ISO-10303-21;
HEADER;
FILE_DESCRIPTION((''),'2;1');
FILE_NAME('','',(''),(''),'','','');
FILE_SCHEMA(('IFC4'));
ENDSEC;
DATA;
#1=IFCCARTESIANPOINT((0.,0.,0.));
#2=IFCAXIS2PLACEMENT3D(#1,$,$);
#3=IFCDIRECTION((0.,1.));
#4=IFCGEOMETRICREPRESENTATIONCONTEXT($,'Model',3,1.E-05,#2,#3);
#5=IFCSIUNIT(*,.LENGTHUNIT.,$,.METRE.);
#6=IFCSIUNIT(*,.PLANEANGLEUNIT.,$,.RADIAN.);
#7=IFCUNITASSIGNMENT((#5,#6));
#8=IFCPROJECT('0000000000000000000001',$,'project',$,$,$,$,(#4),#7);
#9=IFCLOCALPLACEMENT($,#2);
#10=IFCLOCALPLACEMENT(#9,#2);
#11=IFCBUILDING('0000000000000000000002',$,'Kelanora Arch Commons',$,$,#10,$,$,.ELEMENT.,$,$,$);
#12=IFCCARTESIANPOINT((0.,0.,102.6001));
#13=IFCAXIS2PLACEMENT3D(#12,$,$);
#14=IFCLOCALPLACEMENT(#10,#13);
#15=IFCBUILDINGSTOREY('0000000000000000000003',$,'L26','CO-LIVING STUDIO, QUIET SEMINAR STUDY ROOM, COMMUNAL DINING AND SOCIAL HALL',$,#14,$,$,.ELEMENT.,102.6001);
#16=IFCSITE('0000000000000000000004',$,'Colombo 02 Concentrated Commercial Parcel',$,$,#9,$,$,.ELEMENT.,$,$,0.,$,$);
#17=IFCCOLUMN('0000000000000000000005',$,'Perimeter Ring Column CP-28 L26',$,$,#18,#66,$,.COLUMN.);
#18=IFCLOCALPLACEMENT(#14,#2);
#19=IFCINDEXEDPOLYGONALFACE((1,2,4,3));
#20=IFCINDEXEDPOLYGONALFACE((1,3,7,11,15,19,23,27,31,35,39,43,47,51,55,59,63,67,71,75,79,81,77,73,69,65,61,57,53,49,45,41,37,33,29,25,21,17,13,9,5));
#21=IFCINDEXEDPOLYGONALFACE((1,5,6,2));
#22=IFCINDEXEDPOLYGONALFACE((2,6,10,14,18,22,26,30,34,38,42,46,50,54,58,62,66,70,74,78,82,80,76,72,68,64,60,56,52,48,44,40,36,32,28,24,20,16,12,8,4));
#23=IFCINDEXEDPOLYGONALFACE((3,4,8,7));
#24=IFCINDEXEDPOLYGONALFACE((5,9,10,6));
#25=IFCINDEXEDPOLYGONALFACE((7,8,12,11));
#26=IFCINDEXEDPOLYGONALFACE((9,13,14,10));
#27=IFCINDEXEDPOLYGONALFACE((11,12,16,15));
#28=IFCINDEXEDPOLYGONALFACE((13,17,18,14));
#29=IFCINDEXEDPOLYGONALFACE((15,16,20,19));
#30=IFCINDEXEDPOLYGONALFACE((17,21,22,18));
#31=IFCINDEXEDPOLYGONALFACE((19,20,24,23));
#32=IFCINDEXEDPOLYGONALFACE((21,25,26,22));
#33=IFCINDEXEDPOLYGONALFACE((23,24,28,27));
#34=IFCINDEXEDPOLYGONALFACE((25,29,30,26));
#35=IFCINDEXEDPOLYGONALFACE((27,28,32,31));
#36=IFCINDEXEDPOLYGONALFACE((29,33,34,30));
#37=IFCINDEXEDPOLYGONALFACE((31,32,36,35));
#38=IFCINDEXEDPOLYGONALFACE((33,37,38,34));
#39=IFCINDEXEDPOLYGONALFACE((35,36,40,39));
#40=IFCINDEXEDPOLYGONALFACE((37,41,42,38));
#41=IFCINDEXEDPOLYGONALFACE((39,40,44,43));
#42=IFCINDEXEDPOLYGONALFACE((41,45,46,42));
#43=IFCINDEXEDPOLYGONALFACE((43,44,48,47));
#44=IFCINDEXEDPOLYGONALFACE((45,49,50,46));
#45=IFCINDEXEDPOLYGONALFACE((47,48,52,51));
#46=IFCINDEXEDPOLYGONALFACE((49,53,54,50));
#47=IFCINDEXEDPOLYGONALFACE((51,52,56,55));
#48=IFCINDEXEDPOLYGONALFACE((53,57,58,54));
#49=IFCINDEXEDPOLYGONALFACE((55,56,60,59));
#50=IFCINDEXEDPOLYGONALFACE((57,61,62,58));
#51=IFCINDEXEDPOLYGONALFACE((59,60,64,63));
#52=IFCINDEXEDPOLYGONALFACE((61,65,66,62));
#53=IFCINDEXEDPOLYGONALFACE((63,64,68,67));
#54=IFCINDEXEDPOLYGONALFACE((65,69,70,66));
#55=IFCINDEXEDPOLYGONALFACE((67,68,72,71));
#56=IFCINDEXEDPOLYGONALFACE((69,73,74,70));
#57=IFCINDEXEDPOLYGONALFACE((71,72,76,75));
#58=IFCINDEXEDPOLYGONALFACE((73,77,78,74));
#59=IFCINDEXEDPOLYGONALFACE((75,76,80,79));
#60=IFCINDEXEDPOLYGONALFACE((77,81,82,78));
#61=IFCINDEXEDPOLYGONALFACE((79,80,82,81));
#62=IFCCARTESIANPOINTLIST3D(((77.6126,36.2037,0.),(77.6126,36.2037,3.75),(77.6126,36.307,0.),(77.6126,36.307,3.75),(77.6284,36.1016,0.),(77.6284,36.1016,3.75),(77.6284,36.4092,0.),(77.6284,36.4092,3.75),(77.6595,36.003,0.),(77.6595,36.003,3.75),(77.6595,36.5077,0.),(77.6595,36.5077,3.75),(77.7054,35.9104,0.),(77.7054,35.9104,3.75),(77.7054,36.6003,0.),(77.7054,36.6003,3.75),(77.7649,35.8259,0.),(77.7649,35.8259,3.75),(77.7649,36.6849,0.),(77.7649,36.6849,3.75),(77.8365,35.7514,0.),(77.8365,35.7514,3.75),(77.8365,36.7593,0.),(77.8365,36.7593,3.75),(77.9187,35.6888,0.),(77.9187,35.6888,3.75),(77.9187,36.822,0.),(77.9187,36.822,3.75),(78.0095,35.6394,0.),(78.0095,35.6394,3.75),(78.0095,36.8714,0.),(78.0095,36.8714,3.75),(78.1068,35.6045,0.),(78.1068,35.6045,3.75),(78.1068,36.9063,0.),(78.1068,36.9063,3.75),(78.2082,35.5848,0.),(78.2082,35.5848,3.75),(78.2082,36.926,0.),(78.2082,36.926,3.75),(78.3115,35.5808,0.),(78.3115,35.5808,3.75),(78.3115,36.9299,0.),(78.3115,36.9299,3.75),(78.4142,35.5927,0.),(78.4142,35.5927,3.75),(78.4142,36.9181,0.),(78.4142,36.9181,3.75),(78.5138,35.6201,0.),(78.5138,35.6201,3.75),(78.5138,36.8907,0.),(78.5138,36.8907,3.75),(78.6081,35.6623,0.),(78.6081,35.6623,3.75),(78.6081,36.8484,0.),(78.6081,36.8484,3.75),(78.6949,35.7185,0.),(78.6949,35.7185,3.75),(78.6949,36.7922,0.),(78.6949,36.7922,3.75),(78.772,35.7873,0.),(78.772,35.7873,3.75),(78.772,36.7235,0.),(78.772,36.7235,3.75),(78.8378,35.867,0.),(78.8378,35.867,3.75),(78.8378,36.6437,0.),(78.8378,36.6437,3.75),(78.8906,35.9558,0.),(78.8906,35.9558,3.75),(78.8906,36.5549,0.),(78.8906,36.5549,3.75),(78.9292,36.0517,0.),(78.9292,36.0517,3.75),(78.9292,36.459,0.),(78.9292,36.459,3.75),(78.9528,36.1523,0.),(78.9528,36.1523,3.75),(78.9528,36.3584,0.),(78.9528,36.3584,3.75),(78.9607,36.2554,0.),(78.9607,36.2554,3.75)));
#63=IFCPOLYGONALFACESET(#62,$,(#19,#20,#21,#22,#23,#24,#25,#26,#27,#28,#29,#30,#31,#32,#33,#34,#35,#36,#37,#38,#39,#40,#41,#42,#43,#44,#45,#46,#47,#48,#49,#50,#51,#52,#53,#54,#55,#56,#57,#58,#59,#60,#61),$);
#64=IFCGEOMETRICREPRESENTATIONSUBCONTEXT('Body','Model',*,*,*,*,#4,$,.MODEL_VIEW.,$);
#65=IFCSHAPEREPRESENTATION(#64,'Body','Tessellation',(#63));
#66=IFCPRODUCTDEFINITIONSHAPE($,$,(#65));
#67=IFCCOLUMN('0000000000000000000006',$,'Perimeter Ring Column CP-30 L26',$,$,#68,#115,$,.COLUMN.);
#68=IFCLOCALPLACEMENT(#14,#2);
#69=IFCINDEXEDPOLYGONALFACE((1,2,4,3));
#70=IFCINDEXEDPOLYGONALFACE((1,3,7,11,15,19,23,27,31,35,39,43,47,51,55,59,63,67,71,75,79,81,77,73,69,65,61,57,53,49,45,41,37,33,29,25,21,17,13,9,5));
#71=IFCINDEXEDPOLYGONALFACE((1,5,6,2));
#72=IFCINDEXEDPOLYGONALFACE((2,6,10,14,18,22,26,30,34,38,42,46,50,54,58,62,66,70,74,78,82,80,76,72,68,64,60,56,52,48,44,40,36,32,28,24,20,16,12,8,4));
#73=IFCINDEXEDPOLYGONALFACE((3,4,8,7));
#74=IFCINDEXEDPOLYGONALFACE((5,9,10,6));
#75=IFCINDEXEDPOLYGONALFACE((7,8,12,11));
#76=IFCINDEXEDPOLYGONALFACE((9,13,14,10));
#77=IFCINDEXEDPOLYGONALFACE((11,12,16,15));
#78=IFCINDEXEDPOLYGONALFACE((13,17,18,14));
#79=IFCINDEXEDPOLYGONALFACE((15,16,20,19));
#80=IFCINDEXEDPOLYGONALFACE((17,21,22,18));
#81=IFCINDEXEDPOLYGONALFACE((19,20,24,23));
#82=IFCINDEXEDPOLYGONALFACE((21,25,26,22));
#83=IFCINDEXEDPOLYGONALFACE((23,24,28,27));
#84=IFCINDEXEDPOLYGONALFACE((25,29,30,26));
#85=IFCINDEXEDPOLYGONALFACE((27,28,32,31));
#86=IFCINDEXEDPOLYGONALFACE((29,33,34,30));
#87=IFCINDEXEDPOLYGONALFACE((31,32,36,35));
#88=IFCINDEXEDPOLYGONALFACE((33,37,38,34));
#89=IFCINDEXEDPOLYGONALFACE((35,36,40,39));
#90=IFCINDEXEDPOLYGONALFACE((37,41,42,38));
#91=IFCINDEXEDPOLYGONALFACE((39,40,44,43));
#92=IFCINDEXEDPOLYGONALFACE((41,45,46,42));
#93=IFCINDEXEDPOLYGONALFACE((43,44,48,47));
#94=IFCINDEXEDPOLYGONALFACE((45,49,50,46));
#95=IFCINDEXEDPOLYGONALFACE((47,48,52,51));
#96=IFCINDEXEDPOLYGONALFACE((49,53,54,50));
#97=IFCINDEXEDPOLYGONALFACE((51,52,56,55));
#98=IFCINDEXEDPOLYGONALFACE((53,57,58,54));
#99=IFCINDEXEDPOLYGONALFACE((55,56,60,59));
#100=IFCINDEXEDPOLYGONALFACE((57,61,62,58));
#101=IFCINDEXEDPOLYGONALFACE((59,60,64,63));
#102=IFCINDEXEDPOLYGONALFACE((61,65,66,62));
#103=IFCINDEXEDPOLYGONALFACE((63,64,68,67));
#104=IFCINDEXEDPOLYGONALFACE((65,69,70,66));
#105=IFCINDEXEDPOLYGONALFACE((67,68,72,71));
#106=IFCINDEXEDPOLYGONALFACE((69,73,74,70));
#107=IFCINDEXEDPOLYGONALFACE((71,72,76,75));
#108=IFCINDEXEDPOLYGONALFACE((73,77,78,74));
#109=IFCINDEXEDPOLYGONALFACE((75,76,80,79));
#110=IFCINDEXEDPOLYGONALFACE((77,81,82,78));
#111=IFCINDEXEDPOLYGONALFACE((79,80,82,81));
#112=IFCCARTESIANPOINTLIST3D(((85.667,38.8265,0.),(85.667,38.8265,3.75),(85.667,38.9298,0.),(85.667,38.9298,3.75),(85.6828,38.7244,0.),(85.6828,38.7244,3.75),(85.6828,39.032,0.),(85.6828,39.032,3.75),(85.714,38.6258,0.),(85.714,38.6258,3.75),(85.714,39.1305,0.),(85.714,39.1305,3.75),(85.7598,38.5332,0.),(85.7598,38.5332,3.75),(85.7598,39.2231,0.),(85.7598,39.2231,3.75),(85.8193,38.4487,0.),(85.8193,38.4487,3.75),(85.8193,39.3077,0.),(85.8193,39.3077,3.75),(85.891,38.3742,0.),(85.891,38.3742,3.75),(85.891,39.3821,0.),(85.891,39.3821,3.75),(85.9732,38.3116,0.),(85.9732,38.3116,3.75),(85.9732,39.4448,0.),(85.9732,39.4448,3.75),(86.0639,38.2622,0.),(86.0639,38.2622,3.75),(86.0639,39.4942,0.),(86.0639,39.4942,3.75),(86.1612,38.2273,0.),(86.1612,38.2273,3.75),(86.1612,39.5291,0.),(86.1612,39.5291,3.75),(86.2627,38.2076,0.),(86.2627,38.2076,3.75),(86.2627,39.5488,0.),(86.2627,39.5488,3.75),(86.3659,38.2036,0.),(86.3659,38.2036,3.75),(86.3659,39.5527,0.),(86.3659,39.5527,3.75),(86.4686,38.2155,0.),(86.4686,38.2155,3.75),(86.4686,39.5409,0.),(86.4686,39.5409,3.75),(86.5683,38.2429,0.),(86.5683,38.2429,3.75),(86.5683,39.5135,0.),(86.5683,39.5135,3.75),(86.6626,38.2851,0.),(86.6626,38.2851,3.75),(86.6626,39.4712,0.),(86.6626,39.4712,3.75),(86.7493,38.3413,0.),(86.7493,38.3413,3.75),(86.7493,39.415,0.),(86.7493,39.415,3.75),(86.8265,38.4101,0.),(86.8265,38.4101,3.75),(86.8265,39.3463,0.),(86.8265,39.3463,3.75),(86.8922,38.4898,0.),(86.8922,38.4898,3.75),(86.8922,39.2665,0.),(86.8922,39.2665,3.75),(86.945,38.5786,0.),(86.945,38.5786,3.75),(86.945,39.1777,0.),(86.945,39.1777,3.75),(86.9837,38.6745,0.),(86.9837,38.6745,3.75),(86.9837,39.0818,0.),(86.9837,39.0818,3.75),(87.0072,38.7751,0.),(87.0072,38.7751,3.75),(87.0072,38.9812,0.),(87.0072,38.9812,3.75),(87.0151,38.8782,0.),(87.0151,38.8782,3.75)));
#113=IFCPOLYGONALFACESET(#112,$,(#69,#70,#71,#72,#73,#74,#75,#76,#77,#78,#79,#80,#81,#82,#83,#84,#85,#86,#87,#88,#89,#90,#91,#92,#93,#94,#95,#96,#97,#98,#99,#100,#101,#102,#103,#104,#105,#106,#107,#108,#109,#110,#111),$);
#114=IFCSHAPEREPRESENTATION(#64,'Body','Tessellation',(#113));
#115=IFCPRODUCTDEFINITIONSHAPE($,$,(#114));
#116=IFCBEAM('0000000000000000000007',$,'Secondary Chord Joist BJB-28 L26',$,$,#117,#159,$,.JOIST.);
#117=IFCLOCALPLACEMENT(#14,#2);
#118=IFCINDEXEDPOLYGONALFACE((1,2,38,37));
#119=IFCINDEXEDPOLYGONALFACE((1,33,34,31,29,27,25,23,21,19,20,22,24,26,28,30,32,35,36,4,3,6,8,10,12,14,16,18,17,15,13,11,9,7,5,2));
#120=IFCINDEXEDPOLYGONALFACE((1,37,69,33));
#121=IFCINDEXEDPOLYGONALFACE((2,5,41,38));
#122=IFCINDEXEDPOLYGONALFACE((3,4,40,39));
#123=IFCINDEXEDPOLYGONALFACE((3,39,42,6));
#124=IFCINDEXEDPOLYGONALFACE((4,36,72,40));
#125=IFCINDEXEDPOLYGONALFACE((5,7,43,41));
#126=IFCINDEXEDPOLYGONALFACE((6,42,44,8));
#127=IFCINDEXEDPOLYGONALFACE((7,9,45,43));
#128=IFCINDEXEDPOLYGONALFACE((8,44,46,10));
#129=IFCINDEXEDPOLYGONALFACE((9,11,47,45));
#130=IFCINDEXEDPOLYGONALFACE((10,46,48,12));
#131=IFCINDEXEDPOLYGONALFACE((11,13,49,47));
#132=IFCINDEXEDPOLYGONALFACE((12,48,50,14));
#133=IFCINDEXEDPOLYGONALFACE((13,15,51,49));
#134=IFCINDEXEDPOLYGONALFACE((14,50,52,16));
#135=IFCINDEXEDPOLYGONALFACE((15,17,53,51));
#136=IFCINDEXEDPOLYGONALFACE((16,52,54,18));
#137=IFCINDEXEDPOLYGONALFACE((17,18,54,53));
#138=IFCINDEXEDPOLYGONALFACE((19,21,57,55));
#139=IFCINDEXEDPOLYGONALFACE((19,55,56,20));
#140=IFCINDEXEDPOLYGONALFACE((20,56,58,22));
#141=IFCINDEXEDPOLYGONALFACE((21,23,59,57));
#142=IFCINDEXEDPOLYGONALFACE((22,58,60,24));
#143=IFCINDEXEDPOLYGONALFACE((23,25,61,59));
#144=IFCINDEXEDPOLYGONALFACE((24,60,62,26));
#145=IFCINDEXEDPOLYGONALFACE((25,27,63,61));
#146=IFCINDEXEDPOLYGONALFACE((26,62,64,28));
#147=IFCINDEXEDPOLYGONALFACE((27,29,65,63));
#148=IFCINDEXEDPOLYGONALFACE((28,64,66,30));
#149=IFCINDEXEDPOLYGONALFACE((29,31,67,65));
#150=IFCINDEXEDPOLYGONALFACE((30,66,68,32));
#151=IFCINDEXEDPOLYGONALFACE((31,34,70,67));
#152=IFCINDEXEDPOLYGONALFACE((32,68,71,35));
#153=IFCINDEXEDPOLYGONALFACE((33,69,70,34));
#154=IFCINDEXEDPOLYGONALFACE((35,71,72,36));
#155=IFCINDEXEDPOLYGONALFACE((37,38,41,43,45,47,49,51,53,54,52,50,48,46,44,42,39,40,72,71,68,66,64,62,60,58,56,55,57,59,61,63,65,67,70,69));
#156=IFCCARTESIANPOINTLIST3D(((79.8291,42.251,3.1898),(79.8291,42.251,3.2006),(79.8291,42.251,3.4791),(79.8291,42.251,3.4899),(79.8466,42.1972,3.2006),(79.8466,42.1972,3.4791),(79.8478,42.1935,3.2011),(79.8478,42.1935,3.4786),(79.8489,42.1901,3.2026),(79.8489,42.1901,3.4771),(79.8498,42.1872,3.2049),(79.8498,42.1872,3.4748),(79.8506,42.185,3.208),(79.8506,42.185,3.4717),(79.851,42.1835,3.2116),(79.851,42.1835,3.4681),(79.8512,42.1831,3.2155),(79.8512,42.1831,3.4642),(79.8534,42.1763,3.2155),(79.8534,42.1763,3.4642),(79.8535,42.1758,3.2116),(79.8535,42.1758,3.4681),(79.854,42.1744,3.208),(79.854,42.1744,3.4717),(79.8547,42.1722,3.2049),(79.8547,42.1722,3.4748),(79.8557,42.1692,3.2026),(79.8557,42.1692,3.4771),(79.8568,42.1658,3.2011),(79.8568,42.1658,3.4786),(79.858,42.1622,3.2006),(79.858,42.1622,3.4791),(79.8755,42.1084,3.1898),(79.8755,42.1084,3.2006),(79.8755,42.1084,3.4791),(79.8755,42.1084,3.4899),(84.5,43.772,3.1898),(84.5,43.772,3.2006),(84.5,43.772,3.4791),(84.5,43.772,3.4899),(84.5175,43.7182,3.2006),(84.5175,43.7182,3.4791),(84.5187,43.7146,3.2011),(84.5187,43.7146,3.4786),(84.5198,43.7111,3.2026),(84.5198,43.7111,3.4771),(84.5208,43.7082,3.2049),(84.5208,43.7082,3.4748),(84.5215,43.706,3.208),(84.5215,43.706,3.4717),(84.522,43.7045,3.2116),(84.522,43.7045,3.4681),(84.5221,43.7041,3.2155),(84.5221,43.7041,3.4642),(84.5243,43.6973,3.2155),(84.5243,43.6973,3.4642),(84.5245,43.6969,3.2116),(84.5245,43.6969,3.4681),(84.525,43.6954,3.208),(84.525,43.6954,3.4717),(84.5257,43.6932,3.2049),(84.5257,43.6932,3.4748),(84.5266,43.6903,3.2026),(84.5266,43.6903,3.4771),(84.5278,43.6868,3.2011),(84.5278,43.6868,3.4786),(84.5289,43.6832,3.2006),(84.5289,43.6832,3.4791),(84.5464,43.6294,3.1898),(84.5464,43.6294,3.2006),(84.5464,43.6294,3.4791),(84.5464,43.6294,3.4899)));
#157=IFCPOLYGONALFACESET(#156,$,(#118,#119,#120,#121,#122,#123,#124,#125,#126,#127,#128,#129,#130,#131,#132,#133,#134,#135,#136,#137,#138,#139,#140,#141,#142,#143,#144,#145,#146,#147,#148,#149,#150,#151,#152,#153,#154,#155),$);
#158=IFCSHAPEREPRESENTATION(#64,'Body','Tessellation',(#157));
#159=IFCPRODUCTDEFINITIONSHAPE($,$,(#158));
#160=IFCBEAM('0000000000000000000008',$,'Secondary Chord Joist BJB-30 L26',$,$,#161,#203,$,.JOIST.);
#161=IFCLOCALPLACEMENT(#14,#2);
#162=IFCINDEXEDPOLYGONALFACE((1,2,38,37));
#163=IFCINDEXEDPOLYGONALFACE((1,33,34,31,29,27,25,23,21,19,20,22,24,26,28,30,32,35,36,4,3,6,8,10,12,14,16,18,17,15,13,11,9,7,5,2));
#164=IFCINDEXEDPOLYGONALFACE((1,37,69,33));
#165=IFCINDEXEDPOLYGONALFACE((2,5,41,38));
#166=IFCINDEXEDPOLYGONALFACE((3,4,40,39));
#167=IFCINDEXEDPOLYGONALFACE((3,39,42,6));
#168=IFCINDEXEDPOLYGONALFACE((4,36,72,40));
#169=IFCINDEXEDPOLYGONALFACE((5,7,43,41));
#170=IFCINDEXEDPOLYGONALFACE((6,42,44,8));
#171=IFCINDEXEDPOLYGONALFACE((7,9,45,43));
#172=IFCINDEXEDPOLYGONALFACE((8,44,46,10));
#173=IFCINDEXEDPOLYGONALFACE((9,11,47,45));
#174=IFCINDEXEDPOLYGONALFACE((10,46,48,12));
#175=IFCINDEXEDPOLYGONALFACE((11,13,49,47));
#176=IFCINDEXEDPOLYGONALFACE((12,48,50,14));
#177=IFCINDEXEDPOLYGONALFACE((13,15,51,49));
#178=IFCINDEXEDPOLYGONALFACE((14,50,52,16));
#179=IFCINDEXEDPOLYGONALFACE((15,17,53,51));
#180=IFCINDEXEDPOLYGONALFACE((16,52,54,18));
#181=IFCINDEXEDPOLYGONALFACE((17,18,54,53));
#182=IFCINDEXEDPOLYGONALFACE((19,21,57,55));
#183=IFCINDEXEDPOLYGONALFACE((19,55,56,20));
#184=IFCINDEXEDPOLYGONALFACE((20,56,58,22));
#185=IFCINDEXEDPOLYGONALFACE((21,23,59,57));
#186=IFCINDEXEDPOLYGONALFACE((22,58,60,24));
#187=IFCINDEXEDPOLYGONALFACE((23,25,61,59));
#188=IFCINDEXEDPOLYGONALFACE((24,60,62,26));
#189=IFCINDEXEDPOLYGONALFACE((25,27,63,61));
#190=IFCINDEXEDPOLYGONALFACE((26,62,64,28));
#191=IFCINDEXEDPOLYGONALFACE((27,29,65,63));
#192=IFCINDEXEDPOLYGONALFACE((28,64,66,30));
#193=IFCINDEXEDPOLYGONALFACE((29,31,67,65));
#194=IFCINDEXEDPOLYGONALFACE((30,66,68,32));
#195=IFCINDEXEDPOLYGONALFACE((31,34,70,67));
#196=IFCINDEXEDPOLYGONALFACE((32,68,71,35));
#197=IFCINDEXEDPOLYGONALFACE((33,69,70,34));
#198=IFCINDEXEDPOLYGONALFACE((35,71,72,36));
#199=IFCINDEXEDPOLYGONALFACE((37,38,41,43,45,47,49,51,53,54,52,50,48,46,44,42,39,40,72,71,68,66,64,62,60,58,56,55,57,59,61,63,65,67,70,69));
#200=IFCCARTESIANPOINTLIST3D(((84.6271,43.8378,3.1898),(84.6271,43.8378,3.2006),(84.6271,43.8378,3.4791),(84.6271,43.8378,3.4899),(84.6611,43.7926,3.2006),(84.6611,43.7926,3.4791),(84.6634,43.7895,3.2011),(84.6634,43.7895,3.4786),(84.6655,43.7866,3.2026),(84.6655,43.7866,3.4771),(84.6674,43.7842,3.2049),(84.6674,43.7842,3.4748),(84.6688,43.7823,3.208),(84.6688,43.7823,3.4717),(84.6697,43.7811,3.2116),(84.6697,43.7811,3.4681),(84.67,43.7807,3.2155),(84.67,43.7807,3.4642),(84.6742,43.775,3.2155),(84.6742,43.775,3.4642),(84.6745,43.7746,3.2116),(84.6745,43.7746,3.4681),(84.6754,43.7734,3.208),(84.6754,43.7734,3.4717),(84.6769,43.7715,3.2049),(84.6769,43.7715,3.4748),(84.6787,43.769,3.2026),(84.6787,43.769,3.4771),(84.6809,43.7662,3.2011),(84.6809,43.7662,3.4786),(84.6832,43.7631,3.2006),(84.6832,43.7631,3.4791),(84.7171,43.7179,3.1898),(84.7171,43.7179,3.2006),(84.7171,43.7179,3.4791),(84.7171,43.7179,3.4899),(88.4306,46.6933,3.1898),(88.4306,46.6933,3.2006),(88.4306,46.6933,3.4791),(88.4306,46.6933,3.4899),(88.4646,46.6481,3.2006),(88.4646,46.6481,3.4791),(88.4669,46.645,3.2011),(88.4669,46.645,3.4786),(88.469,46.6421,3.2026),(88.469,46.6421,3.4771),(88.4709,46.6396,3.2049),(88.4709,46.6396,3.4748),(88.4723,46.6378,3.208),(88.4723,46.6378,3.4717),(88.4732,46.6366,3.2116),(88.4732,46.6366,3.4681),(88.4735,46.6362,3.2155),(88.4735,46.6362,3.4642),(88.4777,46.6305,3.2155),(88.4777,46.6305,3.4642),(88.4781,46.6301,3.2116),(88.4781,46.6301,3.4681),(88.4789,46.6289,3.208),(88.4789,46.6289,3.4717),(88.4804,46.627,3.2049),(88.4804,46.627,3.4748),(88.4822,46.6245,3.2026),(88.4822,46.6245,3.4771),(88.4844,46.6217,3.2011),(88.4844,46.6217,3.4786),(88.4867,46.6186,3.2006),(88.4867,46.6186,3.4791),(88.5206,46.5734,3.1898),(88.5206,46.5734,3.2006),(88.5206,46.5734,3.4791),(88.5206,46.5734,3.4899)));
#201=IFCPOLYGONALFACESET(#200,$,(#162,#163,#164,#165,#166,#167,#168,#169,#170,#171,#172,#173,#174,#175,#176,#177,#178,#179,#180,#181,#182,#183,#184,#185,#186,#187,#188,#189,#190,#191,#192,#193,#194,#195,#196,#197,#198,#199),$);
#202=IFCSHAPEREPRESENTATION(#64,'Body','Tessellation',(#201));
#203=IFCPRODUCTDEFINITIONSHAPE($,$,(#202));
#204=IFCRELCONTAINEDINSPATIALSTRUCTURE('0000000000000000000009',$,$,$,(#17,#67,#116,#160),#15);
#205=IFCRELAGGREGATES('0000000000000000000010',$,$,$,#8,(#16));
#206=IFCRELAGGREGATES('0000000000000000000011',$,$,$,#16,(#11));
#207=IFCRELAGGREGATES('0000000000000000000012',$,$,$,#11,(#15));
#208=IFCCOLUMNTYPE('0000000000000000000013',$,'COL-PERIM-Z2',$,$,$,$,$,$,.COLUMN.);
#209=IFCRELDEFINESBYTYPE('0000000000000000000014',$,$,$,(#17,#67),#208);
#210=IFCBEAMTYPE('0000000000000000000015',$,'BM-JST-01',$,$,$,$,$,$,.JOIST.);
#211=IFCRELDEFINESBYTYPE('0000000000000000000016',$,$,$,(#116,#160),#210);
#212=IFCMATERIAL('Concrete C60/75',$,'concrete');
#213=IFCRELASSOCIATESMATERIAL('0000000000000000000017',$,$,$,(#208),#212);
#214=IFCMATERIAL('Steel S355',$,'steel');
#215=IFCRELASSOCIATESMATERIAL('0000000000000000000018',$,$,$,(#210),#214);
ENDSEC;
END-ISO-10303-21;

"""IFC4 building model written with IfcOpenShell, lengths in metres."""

from ifc_helpers import new_model, si_unit, direction, frame, origin, origin_2d, place, context, subcontext, project, spatial, circle, i_section, extrude, material, material_profile, profile_set, type_object, element, save


model = new_model("IFC4")

# Units and contexts
model_context = context("Model", 3, precision=1e-05, world=origin(), true_north=direction((0.0, 1.0)))
body_context = subcontext(model_context, "Body", "Model", "MODEL_VIEW")
ifc_project = project(units=[si_unit("LENGTHUNIT", "METRE"), si_unit("PLANEANGLEUNIT", "RADIAN")], contexts=[model_context])

# Site, building, storey
site_placement = place(None, origin())
site = spatial("IfcSite", under=ifc_project, at=site_placement, Name="Colombo 02 Concentrated Commercial Parcel", CompositionType="ELEMENT", RefElevation=0.0)
building_placement = place(site_placement, origin())
building = spatial("IfcBuilding", under=site, at=building_placement, Name="Kelanora Arch Commons", CompositionType="ELEMENT")
storey_placement = place(building_placement, frame((0.0, 0.0, 102.6001)))
storey = spatial("IfcBuildingStorey", under=building, at=storey_placement, Name="L26", Description="CO-LIVING STUDIO, QUIET SEMINAR STUDY ROOM, COMMUNAL DINING AND SOCIAL HALL", CompositionType="ELEMENT", Elevation=102.6001)

# Columns
ifc_material_1 = material(Name="Concrete C60/75", Category="concrete")
ifc_material_profile_1 = material_profile(ifc_material_1, circle(Radius=0.675, at=origin_2d()), Name="RCC1350")
ifc_profile_set_1 = profile_set([ifc_material_profile_1], Name="Concrete C60/75")
column_type = type_object("IfcColumnType", Name="COL-PERIM-Z2", PredefinedType="COLUMN", material=ifc_profile_set_1)
for number, where, z_axis, x_axis, name in (
    (1, (78.2856, 36.2554, 0.0), (0.0, 0.0, 1.0), (1.0, 0.0, 0.0), "Perimeter Ring Column CP-28 L26"),
    (2, (86.3401, 38.8782, 0.0), (0.0, 0.0, 1.0), (1.0, 0.0, 0.0), "Perimeter Ring Column CP-30 L26"),
):
    element("IfcColumn", number, at=place(storey_placement, frame(where, z_axis=z_axis, x_axis=x_axis)), inside=storey, type_object=column_type, Name=name, PredefinedType="COLUMN", context=body_context, shape_type="SweptSolid", body=[
        extrude(circle(Radius=0.675, at=origin_2d()), origin(), (0.0, 0.0, 1.0), 3.75),
    ])

# Beams
ifc_material_2 = material(Name="Steel S355", Category="steel")
ifc_material_profile_2 = material_profile(ifc_material_2, i_section(OverallWidth=0.1499, OverallDepth=0.3, WebThickness=0.0071, FlangeThickness=0.0107, FilletRadius=0.0149, at=origin_2d()), Name="IPE300")
ifc_profile_set_2 = profile_set([ifc_material_profile_2], Name="Steel S355")
beam_type_1 = type_object("IfcBeamType", Name="BM-JST-01", PredefinedType="JOIST", material=ifc_profile_set_2)
beam_1_placement = place(storey_placement, frame((79.8523, 42.1797, 3.3398), z_axis=(0.950857, 0.30963, 0.0), x_axis=(-0.30963, 0.950857, 0.0)))
element("IfcBeam", 3, at=beam_1_placement, inside=storey, type_object=beam_type_1, Name="Secondary Chord Joist BJB-28 L26", PredefinedType="JOIST", context=body_context, shape_type="SweptSolid", body=[
    extrude(i_section(OverallWidth=0.1499, OverallDepth=0.3, WebThickness=0.0071, FlangeThickness=0.0107, FilletRadius=0.0149, at=origin_2d()), origin(), (0.0, 0.0, 1.0), 4.9124),
])
beam_2_placement = place(storey_placement, frame((84.6721, 43.7778, 3.3398), z_axis=(0.79971, 0.600386, 0.0), x_axis=(-0.600386, 0.79971, 0.0)))
element("IfcBeam", 4, at=beam_2_placement, inside=storey, type_object=beam_type_1, Name="Secondary Chord Joist BJB-30 L26", PredefinedType="JOIST", context=body_context, shape_type="SweptSolid", body=[
    extrude(i_section(OverallWidth=0.1499, OverallDepth=0.3, WebThickness=0.0071, FlangeThickness=0.0107, FilletRadius=0.0149, at=origin_2d()), origin(), (0.0, 0.0, 1.0), 4.7561),
])

save(model, "model.ifc")
